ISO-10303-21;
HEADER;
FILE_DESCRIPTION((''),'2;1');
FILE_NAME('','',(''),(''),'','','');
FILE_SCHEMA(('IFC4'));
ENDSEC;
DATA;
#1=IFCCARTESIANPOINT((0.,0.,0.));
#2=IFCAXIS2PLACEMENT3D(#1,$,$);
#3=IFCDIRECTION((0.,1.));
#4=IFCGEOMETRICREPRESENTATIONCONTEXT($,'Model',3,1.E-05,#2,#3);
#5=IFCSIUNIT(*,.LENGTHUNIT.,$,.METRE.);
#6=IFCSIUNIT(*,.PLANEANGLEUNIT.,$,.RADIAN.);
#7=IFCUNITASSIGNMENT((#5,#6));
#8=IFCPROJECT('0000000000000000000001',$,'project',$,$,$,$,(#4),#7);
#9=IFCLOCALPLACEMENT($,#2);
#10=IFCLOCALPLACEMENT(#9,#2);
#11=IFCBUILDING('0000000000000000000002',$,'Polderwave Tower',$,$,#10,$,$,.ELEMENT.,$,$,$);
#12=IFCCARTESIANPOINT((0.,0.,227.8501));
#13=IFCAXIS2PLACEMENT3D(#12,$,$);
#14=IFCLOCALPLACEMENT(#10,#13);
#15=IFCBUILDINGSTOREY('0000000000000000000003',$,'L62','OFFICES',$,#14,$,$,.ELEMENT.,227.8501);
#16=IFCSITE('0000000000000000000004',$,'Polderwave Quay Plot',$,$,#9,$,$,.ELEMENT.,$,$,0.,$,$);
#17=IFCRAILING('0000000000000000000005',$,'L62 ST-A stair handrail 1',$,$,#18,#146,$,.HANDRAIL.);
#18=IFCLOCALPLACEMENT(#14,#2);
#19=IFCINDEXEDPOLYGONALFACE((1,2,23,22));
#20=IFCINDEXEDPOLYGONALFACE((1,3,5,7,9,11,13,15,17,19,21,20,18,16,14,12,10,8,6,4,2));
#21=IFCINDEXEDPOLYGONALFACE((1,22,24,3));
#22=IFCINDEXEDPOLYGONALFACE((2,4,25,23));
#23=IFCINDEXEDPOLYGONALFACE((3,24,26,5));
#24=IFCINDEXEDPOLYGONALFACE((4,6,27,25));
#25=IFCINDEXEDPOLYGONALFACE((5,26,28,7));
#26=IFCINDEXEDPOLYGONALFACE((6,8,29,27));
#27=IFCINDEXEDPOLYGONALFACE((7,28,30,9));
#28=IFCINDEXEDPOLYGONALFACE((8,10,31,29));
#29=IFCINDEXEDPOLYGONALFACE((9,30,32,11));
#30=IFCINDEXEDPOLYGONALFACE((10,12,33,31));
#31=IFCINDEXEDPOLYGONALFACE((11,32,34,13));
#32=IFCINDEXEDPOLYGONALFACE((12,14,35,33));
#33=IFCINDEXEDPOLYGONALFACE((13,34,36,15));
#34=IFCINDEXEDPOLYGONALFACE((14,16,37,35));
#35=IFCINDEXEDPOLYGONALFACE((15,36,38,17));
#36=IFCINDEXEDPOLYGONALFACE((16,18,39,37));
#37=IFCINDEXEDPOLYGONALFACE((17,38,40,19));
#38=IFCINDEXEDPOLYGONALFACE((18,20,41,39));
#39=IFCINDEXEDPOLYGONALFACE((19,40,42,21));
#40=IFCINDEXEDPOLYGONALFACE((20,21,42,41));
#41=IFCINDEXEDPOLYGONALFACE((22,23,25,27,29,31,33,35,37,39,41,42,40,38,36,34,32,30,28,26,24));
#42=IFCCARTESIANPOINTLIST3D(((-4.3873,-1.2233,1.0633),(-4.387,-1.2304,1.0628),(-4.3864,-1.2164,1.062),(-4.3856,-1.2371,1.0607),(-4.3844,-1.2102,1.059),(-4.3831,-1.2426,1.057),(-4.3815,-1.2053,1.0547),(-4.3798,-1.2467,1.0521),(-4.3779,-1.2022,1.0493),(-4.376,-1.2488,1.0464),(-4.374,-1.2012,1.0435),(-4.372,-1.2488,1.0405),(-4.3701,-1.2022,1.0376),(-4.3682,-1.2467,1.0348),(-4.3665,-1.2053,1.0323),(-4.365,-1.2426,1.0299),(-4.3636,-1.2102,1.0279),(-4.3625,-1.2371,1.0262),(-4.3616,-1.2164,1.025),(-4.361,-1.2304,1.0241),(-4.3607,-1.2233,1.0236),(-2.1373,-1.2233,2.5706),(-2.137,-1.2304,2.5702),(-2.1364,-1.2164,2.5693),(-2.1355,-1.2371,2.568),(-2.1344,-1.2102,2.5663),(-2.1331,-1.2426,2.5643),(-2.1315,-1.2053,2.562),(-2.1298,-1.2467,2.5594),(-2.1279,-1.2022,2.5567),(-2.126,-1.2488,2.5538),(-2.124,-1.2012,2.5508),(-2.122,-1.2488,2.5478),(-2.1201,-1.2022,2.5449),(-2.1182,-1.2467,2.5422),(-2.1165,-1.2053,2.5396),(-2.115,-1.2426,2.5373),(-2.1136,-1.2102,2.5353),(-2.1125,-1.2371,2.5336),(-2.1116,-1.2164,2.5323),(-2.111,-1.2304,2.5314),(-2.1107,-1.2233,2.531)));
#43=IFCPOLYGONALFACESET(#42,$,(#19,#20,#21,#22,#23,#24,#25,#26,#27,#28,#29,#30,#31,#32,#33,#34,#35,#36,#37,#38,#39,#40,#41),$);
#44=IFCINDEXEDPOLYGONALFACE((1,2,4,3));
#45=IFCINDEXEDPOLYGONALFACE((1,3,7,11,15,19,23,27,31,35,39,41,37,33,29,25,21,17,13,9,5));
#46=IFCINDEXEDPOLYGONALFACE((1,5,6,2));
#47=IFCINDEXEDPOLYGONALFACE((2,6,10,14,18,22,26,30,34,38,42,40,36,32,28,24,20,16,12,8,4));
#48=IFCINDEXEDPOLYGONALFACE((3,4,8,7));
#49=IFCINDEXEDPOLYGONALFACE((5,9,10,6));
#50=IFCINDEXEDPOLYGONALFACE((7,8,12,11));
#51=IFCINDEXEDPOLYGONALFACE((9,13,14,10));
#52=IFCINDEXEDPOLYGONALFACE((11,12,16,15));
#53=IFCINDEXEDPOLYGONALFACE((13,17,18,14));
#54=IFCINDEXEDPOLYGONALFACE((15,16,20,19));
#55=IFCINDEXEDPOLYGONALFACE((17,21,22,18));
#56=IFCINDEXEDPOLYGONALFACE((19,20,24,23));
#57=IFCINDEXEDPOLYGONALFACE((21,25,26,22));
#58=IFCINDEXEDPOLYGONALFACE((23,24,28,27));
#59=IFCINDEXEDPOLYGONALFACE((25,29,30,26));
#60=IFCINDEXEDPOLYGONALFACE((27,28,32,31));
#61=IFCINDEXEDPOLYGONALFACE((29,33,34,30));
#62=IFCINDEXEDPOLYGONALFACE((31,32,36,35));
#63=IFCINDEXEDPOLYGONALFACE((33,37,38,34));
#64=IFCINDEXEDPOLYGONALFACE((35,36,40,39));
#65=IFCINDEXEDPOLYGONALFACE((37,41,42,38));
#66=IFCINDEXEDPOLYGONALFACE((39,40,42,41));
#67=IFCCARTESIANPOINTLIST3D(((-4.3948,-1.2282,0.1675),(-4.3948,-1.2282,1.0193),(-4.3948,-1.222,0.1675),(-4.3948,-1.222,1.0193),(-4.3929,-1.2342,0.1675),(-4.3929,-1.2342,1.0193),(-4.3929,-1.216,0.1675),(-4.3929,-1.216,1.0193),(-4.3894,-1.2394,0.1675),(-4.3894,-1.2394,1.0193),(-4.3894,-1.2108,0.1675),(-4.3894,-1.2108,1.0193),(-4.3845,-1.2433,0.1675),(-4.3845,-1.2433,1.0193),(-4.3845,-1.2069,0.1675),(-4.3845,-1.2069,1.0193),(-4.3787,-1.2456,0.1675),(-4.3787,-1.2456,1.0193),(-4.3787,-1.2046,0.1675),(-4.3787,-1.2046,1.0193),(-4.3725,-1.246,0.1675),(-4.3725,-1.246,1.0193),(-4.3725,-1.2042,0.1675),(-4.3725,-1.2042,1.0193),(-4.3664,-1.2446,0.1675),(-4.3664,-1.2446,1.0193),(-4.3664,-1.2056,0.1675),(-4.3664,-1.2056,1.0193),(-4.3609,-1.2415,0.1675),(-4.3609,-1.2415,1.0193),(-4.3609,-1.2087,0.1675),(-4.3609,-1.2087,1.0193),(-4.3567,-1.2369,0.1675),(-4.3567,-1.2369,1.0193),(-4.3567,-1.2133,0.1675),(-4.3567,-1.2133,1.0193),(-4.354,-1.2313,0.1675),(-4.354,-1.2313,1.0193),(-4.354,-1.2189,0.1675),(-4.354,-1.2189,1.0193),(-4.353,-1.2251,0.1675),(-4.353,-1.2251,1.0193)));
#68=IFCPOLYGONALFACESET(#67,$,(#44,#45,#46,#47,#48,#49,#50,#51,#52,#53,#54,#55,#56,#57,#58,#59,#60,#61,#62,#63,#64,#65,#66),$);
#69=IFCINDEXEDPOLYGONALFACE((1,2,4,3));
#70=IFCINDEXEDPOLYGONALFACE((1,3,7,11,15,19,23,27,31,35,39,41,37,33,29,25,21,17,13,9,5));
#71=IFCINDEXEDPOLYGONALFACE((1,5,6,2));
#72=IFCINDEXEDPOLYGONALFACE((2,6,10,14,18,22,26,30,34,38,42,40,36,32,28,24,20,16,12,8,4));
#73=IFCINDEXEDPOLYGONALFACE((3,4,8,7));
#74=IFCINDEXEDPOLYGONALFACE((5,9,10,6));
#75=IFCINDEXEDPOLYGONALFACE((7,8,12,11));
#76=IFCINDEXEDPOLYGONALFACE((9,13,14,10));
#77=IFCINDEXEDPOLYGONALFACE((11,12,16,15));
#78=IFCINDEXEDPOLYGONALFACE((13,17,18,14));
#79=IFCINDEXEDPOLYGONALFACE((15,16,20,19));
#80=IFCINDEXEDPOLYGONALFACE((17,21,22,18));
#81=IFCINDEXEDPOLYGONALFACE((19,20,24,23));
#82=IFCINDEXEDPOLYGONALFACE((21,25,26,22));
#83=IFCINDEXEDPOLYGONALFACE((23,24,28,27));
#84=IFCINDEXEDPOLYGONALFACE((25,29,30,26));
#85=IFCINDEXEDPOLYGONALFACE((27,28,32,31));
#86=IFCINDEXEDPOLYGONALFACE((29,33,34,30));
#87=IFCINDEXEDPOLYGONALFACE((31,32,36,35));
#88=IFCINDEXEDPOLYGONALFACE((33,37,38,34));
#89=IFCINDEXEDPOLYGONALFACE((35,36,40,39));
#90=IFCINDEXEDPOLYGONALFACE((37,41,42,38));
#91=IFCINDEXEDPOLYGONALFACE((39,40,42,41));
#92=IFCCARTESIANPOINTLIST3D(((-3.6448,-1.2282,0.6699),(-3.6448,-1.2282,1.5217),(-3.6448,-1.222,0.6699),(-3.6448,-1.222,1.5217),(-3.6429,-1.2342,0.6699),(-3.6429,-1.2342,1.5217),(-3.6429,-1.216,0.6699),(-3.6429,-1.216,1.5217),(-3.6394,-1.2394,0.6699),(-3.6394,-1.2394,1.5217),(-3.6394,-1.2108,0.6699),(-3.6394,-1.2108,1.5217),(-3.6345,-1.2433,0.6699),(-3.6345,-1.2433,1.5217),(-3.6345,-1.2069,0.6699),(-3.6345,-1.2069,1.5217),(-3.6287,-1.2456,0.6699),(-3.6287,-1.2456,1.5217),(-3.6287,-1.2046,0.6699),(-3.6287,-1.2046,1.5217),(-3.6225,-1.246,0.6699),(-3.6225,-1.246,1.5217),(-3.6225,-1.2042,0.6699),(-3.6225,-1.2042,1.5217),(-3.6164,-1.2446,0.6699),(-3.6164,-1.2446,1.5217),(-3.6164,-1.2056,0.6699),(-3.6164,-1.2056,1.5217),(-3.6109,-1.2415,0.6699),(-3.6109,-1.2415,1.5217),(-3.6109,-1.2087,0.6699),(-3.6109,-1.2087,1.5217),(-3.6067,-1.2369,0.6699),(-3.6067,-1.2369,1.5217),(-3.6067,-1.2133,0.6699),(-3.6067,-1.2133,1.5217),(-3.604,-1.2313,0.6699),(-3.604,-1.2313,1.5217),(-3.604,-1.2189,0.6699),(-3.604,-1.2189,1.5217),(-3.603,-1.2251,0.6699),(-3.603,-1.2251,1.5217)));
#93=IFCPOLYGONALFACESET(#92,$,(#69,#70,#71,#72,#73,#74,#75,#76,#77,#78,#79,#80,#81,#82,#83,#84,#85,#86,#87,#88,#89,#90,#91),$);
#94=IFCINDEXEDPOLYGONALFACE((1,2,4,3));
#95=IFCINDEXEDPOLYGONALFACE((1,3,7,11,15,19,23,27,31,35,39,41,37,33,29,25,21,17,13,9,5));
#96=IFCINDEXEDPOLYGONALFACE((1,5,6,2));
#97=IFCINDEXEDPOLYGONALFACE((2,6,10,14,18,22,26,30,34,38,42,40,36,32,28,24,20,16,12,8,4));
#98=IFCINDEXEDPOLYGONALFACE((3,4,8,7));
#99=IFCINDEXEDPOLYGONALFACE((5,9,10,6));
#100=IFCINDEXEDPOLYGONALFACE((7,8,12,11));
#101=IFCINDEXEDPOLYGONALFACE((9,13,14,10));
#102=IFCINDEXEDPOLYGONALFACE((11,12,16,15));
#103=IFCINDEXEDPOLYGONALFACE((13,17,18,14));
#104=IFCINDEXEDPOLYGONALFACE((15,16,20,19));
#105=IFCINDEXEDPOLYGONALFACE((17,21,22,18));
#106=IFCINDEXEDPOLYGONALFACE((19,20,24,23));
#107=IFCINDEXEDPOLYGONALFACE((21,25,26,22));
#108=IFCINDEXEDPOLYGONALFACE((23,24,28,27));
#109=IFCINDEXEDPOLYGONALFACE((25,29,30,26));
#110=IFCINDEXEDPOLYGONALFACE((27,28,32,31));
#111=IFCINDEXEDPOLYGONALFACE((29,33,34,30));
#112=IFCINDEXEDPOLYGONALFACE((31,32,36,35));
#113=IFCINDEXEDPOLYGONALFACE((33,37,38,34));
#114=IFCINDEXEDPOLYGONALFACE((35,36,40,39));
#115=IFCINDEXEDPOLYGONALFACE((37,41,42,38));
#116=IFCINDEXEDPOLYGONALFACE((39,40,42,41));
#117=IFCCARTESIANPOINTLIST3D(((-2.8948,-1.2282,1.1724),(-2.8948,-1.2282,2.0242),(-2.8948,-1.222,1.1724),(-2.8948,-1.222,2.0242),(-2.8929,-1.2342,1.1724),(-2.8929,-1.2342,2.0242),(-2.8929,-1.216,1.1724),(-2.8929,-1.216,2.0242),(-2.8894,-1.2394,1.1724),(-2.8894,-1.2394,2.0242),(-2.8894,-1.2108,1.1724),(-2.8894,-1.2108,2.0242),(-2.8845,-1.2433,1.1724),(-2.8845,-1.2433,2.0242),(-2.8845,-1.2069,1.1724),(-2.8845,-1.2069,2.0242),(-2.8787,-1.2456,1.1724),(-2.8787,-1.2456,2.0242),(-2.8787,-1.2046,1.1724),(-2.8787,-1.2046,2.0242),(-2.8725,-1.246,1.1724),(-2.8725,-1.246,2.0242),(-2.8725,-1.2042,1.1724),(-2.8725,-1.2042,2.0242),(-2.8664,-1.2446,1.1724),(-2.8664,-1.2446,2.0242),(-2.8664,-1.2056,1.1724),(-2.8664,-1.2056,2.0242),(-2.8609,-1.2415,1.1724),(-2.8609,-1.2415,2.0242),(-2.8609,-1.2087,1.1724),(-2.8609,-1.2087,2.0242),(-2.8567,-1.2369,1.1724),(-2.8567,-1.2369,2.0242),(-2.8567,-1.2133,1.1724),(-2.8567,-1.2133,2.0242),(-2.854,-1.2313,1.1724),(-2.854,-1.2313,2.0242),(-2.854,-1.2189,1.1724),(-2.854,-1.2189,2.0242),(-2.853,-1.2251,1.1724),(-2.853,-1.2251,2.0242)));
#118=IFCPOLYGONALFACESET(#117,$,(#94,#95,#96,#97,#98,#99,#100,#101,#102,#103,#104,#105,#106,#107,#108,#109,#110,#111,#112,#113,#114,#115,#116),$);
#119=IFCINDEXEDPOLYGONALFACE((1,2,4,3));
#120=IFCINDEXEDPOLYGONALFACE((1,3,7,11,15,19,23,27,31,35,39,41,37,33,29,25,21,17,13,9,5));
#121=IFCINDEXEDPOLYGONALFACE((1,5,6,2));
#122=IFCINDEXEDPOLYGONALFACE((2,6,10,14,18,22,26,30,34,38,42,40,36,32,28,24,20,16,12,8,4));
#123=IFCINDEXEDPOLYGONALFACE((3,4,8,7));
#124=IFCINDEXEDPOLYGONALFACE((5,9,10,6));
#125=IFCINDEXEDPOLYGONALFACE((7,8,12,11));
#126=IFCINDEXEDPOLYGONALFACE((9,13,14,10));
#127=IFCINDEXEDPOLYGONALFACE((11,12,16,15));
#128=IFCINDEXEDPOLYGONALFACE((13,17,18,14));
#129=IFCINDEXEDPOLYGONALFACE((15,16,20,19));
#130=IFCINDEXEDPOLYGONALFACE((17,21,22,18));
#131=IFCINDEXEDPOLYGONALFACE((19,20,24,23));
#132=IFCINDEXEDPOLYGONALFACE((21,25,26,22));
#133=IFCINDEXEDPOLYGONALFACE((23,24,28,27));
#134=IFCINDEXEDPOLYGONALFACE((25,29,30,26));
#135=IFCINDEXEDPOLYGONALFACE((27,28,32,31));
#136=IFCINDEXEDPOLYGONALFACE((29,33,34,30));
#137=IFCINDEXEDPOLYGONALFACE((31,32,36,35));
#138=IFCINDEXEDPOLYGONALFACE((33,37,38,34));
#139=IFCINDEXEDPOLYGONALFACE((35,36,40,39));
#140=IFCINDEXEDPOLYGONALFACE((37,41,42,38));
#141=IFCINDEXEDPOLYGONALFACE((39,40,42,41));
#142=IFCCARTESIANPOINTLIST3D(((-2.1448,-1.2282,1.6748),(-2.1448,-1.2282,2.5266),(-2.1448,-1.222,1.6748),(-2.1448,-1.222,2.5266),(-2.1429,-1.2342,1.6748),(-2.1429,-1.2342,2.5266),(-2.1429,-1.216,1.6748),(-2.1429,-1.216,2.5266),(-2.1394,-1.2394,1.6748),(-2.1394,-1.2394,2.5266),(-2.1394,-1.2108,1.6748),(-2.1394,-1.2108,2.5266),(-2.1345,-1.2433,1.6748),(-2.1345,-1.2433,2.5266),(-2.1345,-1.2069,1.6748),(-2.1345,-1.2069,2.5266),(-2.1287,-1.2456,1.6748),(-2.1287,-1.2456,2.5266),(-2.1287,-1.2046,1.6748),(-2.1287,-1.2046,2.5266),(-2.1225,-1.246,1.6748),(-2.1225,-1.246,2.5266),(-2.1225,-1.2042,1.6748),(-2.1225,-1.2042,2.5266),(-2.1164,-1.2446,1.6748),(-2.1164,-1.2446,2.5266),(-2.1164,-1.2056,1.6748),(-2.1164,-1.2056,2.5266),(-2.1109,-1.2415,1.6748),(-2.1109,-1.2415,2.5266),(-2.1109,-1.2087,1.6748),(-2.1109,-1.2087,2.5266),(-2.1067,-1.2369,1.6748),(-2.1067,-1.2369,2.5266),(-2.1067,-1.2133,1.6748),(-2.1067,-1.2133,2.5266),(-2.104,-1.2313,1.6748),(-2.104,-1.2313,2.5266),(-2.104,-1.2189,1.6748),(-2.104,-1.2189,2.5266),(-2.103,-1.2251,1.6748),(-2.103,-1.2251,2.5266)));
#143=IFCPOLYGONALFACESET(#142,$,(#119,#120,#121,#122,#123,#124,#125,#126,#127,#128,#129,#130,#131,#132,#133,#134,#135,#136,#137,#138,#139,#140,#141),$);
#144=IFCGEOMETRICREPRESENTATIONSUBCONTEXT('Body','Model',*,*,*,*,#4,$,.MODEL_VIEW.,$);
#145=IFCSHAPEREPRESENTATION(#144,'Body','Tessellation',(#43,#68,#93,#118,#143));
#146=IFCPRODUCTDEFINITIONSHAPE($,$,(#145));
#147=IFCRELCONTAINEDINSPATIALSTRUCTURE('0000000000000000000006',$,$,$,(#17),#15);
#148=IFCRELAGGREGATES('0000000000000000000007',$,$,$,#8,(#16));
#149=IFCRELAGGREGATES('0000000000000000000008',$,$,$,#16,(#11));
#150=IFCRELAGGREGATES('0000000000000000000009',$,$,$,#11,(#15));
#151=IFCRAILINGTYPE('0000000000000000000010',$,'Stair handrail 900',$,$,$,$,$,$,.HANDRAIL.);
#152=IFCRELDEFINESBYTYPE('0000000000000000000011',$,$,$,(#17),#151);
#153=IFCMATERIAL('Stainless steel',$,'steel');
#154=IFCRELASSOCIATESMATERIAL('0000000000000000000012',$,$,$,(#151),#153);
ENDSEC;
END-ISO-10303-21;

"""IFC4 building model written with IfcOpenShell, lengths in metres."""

from ifc_helpers import new_model, si_unit, direction, frame, origin, origin_2d, place, context, subcontext, project, spatial, circle, extrude, material, type_object, element, save


model = new_model("IFC4")

# Units and contexts
model_context = context("Model", 3, precision=1e-05, world=origin(), true_north=direction((0.0, 1.0)))
body_context = subcontext(model_context, "Body", "Model", "MODEL_VIEW")
ifc_project = project(units=[si_unit("LENGTHUNIT", "METRE"), si_unit("PLANEANGLEUNIT", "RADIAN")], contexts=[model_context])

# Site, building, storey
site_placement = place(None, origin())
site = spatial("IfcSite", under=ifc_project, at=site_placement, Name="Polderwave Quay Plot", CompositionType="ELEMENT", RefElevation=0.0)
building_placement = place(site_placement, origin())
building = spatial("IfcBuilding", under=site, at=building_placement, Name="Polderwave Tower", CompositionType="ELEMENT")
storey_placement = place(building_placement, frame((0.0, 0.0, 227.8501)))
storey = spatial("IfcBuildingStorey", under=building, at=storey_placement, Name="L62", Description="OFFICES", CompositionType="ELEMENT", Elevation=227.8501)

# Railing
ifc_material_1 = material(Name="Stainless steel", Category="steel")
railing_type_1 = type_object("IfcRailingType", Name="Stair handrail 900", PredefinedType="HANDRAIL", material=ifc_material_1)
railing_1_placement = place(storey_placement, frame((-4.374, -1.2251, 0.1675)))
element("IfcRailing", 1, at=railing_1_placement, inside=storey, type_object=railing_type_1, Name="L62 ST-A stair handrail 1", PredefinedType="HANDRAIL", context=body_context, shape_type="SweptSolid", body=[
    extrude(circle(Radius=0.0239, at=origin_2d()), frame((0.0, 0.0, 0.876), z_axis=(0.8308, 0.0, 0.556571), x_axis=(0.0, 1.0, 0.0)), (0.0, 0.0, 1.0), 2.7083),
    extrude(circle(Radius=0.021, at=origin_2d()), origin(), (0.0, 0.0, 1.0), 0.8518),
    extrude(circle(Radius=0.021, at=origin_2d()), frame((0.75, 0.0, 0.5024)), (0.0, 0.0, 1.0), 0.8518),
    extrude(circle(Radius=0.021, at=origin_2d()), frame((1.5, 0.0, 1.0049)), (0.0, 0.0, 1.0), 0.8518),
    extrude(circle(Radius=0.021, at=origin_2d()), frame((2.25, 0.0, 1.5073)), (0.0, 0.0, 1.0), 0.8518),
])

save(model, "model.ifc")
